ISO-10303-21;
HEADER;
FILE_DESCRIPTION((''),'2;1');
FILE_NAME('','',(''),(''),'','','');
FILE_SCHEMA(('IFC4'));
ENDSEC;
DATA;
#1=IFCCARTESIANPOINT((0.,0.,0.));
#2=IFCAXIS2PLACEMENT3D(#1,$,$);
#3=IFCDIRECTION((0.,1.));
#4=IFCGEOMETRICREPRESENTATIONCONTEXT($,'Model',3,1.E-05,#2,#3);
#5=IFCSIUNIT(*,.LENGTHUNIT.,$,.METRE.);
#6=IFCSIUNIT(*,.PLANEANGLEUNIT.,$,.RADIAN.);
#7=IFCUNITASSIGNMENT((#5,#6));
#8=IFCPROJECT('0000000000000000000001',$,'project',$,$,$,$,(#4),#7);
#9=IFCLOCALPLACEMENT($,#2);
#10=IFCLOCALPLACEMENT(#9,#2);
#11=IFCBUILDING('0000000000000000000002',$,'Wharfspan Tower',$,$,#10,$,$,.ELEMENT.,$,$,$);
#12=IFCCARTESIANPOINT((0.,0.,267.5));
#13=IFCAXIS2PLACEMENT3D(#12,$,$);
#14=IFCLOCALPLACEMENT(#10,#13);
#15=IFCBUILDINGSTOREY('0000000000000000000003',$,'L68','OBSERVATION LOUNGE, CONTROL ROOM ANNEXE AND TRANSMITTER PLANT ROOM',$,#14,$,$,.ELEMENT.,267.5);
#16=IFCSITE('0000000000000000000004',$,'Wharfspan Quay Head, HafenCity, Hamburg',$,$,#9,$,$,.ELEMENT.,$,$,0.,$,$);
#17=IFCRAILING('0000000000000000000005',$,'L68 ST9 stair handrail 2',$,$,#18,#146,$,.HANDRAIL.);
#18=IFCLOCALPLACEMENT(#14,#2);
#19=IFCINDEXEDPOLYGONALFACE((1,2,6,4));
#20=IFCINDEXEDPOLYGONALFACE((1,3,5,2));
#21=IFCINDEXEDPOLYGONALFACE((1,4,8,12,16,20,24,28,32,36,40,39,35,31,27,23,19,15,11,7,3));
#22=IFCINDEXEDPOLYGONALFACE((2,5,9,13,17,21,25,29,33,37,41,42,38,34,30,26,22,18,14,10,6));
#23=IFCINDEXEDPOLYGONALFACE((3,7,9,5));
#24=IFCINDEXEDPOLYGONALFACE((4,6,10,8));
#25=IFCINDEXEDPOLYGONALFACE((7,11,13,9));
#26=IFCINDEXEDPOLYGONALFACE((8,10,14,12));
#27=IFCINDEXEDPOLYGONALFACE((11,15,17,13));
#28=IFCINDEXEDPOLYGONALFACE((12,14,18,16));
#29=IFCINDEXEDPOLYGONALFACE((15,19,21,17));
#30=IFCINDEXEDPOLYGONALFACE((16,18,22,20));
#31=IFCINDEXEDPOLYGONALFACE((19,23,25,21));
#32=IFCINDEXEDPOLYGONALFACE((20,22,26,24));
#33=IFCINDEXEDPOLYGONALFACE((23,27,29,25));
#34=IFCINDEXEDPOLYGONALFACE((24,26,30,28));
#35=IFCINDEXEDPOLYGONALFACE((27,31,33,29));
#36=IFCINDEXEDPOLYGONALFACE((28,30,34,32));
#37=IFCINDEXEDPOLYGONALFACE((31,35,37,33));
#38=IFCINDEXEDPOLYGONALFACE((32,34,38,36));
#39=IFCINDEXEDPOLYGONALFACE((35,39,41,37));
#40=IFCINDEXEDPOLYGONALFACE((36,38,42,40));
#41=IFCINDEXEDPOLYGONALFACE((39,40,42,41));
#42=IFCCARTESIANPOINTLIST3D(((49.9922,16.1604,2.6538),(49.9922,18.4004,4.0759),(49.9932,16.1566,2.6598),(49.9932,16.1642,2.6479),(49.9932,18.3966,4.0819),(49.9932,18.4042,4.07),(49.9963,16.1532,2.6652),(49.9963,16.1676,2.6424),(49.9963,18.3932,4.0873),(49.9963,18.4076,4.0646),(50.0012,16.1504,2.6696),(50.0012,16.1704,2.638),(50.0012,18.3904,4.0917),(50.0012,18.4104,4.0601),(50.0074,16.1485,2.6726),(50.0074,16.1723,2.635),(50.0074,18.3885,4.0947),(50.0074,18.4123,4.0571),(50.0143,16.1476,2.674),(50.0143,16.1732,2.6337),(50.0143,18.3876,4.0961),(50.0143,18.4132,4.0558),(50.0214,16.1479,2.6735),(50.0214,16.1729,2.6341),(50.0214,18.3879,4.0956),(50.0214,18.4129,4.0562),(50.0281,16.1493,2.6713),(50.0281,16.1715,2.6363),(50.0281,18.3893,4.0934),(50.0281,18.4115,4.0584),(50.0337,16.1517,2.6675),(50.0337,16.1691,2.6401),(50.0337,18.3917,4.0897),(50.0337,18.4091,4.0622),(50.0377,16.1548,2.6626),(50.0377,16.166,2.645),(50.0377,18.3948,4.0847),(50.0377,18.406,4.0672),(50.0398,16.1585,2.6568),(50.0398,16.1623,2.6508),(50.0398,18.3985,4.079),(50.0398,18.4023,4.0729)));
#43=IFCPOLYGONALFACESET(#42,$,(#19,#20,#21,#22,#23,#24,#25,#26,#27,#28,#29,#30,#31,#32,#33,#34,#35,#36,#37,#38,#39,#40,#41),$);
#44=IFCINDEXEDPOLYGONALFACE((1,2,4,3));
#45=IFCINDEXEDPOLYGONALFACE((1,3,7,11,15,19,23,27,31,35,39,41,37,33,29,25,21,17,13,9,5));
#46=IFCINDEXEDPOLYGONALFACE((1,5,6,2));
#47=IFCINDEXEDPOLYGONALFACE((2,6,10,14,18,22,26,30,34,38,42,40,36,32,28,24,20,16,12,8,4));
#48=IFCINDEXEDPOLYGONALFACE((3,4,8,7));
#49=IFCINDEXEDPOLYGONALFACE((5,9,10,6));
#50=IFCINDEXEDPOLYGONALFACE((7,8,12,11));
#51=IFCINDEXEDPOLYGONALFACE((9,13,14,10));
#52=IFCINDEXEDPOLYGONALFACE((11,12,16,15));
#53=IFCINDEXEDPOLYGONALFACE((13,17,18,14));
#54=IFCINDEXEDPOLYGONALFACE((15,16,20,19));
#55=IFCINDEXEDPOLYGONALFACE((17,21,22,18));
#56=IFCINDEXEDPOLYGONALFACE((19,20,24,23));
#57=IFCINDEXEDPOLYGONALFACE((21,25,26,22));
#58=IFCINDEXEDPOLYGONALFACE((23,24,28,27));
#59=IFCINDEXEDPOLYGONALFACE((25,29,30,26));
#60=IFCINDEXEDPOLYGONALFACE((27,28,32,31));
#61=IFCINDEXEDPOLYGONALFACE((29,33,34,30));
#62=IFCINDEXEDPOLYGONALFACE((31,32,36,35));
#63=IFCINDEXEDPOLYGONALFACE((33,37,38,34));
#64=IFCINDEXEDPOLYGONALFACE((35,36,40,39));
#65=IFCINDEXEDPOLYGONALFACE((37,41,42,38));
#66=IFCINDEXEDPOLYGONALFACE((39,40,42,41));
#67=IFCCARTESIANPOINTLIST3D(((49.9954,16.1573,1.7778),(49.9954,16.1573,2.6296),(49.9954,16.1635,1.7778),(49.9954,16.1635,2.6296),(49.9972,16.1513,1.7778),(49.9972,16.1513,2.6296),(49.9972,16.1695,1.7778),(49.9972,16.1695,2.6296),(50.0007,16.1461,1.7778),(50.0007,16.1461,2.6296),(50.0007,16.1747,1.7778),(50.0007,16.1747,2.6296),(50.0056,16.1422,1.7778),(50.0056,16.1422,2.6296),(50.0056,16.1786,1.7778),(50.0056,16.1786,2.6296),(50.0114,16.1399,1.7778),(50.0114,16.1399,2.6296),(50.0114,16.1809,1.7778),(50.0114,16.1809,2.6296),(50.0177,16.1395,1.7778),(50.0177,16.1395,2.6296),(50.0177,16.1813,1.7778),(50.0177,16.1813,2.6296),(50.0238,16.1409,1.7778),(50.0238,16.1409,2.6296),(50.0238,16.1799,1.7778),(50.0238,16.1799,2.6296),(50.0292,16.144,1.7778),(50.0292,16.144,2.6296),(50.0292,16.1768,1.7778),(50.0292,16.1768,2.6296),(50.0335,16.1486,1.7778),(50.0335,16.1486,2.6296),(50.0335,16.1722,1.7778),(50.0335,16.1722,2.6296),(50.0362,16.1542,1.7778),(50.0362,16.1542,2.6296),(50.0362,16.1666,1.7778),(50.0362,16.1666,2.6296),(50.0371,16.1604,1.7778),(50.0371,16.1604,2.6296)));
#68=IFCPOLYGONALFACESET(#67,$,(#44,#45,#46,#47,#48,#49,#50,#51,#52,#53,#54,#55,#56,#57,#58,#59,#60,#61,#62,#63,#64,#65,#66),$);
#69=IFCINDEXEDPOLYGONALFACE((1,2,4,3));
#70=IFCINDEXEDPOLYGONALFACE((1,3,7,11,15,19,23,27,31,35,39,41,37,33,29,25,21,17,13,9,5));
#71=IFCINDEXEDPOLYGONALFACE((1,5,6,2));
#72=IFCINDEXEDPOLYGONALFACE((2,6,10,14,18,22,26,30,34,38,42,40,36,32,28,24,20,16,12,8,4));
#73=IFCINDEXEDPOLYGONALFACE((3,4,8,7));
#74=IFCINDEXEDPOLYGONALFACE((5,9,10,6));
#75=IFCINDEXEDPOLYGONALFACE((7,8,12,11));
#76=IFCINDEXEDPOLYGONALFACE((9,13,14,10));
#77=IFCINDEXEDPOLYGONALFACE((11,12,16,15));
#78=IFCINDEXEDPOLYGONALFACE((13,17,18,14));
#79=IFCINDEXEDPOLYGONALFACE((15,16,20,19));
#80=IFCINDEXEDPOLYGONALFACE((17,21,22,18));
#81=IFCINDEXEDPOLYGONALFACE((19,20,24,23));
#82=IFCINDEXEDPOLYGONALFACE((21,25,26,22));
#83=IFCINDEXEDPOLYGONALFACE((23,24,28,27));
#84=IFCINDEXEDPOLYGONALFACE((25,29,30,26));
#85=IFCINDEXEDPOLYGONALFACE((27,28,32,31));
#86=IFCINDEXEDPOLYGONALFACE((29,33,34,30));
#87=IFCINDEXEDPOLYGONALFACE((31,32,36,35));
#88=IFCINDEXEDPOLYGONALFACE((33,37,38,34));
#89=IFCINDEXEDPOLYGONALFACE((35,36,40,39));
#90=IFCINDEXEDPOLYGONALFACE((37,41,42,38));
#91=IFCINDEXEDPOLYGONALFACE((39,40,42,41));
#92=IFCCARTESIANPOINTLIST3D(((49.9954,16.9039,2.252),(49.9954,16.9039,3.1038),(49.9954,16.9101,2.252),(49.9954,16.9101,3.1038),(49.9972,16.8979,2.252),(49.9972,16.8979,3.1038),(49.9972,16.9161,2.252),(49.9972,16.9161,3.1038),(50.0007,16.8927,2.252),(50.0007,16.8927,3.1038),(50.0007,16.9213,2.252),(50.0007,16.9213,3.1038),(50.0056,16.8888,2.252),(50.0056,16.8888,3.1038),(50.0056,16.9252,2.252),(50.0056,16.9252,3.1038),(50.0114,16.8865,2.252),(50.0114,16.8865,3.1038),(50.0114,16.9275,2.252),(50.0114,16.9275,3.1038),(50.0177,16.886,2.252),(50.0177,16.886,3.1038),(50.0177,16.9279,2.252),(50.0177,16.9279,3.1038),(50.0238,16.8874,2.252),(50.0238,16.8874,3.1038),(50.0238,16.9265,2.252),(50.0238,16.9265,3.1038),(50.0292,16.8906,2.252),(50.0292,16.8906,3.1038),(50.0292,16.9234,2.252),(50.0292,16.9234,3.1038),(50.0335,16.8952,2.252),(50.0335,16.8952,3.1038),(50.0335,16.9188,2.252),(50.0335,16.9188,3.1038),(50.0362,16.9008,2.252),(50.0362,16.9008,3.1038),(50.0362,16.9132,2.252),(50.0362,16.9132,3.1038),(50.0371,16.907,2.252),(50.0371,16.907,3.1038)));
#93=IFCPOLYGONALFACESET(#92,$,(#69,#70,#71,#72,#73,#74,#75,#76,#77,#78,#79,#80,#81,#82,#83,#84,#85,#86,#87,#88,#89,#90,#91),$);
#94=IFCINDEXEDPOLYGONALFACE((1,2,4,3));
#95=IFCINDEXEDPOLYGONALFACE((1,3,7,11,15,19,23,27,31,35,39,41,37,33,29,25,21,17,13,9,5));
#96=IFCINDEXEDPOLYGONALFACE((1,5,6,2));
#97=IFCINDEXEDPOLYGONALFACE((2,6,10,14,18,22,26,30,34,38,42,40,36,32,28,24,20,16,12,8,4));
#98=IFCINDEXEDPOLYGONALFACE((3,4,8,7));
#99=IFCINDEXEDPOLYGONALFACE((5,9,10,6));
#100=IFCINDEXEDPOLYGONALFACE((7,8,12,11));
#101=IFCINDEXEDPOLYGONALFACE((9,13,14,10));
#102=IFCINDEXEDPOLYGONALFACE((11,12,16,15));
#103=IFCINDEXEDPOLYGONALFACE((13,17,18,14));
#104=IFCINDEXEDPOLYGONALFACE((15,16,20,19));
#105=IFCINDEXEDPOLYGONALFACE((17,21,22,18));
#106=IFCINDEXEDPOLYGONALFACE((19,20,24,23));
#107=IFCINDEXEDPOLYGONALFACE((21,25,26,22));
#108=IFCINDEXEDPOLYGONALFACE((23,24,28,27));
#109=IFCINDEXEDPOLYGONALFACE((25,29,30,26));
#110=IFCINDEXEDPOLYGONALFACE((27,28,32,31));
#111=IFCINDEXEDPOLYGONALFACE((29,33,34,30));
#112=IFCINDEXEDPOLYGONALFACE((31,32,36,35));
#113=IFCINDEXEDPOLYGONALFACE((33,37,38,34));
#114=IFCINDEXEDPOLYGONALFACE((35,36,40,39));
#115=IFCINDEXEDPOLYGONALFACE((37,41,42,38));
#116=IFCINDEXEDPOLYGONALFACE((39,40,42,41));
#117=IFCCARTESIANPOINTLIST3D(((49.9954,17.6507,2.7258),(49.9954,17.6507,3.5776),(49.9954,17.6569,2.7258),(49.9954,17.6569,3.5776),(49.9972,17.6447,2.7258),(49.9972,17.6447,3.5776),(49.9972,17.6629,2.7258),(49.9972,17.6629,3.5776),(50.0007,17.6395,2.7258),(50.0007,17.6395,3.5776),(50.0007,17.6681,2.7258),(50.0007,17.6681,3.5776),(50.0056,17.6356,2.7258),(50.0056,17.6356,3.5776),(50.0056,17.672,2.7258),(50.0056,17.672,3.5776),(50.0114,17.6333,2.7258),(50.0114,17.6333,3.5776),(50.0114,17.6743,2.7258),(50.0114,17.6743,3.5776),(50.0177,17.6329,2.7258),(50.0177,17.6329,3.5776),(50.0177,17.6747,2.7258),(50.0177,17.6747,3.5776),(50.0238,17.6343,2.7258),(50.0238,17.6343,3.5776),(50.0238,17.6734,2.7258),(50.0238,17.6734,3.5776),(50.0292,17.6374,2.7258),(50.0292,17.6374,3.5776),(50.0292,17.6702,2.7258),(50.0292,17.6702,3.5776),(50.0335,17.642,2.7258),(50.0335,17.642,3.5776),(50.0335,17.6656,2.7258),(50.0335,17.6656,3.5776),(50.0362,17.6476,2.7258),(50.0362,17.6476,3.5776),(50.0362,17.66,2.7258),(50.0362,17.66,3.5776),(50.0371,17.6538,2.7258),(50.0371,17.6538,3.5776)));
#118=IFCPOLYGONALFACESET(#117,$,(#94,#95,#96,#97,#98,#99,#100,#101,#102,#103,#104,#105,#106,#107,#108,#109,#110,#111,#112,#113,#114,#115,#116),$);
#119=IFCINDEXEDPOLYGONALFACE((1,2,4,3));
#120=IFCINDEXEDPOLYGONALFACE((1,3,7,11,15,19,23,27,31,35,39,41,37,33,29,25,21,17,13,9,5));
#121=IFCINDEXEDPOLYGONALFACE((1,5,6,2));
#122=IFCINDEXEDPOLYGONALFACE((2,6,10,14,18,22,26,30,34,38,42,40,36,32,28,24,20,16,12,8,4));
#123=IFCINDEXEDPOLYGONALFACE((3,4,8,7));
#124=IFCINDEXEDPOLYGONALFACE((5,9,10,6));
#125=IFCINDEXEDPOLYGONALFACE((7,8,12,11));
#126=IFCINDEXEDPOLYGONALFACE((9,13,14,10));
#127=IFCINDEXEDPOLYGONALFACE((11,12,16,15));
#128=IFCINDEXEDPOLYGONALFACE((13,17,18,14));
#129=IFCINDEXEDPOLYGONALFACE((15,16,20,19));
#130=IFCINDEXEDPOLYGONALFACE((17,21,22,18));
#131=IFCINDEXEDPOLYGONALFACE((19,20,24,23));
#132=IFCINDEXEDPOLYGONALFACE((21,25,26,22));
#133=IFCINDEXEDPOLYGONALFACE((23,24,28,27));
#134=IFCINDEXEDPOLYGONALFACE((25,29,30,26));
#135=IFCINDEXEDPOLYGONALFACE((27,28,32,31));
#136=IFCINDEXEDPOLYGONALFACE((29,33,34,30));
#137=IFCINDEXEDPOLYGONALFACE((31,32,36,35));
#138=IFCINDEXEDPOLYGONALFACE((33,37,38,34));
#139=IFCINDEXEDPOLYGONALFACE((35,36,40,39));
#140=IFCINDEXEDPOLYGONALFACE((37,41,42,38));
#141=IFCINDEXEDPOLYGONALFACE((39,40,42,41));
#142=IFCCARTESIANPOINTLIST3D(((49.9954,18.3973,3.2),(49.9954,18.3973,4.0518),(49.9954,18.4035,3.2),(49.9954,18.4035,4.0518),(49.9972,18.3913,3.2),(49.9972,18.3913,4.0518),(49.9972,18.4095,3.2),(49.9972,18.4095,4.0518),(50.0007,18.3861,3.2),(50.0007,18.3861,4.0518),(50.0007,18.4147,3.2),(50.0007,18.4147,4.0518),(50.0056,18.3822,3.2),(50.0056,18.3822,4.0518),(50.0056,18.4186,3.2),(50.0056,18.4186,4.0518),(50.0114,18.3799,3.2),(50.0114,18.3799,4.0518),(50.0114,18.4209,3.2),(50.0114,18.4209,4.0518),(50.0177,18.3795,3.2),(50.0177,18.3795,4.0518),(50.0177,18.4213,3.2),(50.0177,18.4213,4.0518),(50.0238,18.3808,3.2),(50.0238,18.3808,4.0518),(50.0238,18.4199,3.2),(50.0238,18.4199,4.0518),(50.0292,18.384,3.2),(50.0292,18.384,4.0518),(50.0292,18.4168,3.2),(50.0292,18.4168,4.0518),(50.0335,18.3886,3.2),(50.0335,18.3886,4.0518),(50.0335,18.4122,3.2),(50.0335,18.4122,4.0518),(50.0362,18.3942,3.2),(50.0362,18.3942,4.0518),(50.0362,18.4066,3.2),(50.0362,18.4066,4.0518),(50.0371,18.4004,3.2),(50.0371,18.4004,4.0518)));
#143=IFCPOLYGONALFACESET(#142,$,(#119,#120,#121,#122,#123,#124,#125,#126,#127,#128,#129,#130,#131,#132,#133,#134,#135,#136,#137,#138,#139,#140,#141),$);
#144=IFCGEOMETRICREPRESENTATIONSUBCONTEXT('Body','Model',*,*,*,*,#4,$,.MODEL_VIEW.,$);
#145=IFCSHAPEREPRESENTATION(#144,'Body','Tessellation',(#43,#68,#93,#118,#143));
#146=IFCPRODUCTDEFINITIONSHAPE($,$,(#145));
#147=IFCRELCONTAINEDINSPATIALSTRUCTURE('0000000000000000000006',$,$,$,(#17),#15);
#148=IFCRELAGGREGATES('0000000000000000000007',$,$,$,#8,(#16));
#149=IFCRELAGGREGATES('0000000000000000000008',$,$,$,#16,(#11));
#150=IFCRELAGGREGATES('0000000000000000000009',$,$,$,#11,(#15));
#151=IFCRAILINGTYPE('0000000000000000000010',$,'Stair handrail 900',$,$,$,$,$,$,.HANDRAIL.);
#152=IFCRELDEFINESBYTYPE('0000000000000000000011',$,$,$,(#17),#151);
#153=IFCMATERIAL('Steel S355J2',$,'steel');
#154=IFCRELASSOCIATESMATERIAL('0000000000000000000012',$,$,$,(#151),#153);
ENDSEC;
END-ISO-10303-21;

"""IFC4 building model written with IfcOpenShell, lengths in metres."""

from ifc_helpers import new_model, si_unit, direction, frame, origin, origin_2d, place, context, subcontext, project, spatial, circle, extrude, material, type_object, element, save


model = new_model("IFC4")

# Units and contexts
model_context = context("Model", 3, precision=1e-05, world=origin(), true_north=direction((0.0, 1.0)))
body_context = subcontext(model_context, "Body", "Model", "MODEL_VIEW")
ifc_project = project(units=[si_unit("LENGTHUNIT", "METRE"), si_unit("PLANEANGLEUNIT", "RADIAN")], contexts=[model_context])

# Site, building, storey
site_placement = place(None, origin())
site = spatial("IfcSite", under=ifc_project, at=site_placement, Name="Wharfspan Quay Head, HafenCity, Hamburg", CompositionType="ELEMENT", RefElevation=0.0)
building_placement = place(site_placement, origin())
building = spatial("IfcBuilding", under=site, at=building_placement, Name="Wharfspan Tower", CompositionType="ELEMENT")
storey_placement = place(building_placement, frame((0.0, 0.0, 267.5)))
storey = spatial("IfcBuildingStorey", under=building, at=storey_placement, Name="L68", Description="OBSERVATION LOUNGE, CONTROL ROOM ANNEXE AND TRANSMITTER PLANT ROOM", CompositionType="ELEMENT", Elevation=267.5)

# Shared definitions
ifc_material_1 = material(Name="Steel S355J2", Category="steel")

# Railing
railing_type_1 = type_object("IfcRailingType", Name="Stair handrail 900", PredefinedType="HANDRAIL", material=ifc_material_1)
railing_1_placement = place(storey_placement, frame((50.0161, 16.1604, 1.7778)))
element("IfcRailing", 1, at=railing_1_placement, inside=storey, type_object=railing_type_1, Name="L68 ST9 stair handrail 2", PredefinedType="HANDRAIL", context=body_context, shape_type="SweptSolid", body=[
    extrude(circle(Radius=0.0239, at=origin_2d()), frame((0.0, 0.0, 0.876), z_axis=(0.0, 0.844229, 0.535982), x_axis=(-1.0, 0.0, 0.0)), (0.0, 0.0, 1.0), 2.6533),
    extrude(circle(Radius=0.021, at=origin_2d()), origin(), (0.0, 0.0, 1.0), 0.8518),
    extrude(circle(Radius=0.021, at=origin_2d()), frame((0.0, 0.7466, 0.4741)), (0.0, 0.0, 1.0), 0.8518),
    extrude(circle(Radius=0.021, at=origin_2d()), frame((0.0, 1.4934, 0.948)), (0.0, 0.0, 1.0), 0.8518),
    extrude(circle(Radius=0.021, at=origin_2d()), frame((0.0, 2.24, 1.4221)), (0.0, 0.0, 1.0), 0.8518),
])

save(model, "model.ifc")
